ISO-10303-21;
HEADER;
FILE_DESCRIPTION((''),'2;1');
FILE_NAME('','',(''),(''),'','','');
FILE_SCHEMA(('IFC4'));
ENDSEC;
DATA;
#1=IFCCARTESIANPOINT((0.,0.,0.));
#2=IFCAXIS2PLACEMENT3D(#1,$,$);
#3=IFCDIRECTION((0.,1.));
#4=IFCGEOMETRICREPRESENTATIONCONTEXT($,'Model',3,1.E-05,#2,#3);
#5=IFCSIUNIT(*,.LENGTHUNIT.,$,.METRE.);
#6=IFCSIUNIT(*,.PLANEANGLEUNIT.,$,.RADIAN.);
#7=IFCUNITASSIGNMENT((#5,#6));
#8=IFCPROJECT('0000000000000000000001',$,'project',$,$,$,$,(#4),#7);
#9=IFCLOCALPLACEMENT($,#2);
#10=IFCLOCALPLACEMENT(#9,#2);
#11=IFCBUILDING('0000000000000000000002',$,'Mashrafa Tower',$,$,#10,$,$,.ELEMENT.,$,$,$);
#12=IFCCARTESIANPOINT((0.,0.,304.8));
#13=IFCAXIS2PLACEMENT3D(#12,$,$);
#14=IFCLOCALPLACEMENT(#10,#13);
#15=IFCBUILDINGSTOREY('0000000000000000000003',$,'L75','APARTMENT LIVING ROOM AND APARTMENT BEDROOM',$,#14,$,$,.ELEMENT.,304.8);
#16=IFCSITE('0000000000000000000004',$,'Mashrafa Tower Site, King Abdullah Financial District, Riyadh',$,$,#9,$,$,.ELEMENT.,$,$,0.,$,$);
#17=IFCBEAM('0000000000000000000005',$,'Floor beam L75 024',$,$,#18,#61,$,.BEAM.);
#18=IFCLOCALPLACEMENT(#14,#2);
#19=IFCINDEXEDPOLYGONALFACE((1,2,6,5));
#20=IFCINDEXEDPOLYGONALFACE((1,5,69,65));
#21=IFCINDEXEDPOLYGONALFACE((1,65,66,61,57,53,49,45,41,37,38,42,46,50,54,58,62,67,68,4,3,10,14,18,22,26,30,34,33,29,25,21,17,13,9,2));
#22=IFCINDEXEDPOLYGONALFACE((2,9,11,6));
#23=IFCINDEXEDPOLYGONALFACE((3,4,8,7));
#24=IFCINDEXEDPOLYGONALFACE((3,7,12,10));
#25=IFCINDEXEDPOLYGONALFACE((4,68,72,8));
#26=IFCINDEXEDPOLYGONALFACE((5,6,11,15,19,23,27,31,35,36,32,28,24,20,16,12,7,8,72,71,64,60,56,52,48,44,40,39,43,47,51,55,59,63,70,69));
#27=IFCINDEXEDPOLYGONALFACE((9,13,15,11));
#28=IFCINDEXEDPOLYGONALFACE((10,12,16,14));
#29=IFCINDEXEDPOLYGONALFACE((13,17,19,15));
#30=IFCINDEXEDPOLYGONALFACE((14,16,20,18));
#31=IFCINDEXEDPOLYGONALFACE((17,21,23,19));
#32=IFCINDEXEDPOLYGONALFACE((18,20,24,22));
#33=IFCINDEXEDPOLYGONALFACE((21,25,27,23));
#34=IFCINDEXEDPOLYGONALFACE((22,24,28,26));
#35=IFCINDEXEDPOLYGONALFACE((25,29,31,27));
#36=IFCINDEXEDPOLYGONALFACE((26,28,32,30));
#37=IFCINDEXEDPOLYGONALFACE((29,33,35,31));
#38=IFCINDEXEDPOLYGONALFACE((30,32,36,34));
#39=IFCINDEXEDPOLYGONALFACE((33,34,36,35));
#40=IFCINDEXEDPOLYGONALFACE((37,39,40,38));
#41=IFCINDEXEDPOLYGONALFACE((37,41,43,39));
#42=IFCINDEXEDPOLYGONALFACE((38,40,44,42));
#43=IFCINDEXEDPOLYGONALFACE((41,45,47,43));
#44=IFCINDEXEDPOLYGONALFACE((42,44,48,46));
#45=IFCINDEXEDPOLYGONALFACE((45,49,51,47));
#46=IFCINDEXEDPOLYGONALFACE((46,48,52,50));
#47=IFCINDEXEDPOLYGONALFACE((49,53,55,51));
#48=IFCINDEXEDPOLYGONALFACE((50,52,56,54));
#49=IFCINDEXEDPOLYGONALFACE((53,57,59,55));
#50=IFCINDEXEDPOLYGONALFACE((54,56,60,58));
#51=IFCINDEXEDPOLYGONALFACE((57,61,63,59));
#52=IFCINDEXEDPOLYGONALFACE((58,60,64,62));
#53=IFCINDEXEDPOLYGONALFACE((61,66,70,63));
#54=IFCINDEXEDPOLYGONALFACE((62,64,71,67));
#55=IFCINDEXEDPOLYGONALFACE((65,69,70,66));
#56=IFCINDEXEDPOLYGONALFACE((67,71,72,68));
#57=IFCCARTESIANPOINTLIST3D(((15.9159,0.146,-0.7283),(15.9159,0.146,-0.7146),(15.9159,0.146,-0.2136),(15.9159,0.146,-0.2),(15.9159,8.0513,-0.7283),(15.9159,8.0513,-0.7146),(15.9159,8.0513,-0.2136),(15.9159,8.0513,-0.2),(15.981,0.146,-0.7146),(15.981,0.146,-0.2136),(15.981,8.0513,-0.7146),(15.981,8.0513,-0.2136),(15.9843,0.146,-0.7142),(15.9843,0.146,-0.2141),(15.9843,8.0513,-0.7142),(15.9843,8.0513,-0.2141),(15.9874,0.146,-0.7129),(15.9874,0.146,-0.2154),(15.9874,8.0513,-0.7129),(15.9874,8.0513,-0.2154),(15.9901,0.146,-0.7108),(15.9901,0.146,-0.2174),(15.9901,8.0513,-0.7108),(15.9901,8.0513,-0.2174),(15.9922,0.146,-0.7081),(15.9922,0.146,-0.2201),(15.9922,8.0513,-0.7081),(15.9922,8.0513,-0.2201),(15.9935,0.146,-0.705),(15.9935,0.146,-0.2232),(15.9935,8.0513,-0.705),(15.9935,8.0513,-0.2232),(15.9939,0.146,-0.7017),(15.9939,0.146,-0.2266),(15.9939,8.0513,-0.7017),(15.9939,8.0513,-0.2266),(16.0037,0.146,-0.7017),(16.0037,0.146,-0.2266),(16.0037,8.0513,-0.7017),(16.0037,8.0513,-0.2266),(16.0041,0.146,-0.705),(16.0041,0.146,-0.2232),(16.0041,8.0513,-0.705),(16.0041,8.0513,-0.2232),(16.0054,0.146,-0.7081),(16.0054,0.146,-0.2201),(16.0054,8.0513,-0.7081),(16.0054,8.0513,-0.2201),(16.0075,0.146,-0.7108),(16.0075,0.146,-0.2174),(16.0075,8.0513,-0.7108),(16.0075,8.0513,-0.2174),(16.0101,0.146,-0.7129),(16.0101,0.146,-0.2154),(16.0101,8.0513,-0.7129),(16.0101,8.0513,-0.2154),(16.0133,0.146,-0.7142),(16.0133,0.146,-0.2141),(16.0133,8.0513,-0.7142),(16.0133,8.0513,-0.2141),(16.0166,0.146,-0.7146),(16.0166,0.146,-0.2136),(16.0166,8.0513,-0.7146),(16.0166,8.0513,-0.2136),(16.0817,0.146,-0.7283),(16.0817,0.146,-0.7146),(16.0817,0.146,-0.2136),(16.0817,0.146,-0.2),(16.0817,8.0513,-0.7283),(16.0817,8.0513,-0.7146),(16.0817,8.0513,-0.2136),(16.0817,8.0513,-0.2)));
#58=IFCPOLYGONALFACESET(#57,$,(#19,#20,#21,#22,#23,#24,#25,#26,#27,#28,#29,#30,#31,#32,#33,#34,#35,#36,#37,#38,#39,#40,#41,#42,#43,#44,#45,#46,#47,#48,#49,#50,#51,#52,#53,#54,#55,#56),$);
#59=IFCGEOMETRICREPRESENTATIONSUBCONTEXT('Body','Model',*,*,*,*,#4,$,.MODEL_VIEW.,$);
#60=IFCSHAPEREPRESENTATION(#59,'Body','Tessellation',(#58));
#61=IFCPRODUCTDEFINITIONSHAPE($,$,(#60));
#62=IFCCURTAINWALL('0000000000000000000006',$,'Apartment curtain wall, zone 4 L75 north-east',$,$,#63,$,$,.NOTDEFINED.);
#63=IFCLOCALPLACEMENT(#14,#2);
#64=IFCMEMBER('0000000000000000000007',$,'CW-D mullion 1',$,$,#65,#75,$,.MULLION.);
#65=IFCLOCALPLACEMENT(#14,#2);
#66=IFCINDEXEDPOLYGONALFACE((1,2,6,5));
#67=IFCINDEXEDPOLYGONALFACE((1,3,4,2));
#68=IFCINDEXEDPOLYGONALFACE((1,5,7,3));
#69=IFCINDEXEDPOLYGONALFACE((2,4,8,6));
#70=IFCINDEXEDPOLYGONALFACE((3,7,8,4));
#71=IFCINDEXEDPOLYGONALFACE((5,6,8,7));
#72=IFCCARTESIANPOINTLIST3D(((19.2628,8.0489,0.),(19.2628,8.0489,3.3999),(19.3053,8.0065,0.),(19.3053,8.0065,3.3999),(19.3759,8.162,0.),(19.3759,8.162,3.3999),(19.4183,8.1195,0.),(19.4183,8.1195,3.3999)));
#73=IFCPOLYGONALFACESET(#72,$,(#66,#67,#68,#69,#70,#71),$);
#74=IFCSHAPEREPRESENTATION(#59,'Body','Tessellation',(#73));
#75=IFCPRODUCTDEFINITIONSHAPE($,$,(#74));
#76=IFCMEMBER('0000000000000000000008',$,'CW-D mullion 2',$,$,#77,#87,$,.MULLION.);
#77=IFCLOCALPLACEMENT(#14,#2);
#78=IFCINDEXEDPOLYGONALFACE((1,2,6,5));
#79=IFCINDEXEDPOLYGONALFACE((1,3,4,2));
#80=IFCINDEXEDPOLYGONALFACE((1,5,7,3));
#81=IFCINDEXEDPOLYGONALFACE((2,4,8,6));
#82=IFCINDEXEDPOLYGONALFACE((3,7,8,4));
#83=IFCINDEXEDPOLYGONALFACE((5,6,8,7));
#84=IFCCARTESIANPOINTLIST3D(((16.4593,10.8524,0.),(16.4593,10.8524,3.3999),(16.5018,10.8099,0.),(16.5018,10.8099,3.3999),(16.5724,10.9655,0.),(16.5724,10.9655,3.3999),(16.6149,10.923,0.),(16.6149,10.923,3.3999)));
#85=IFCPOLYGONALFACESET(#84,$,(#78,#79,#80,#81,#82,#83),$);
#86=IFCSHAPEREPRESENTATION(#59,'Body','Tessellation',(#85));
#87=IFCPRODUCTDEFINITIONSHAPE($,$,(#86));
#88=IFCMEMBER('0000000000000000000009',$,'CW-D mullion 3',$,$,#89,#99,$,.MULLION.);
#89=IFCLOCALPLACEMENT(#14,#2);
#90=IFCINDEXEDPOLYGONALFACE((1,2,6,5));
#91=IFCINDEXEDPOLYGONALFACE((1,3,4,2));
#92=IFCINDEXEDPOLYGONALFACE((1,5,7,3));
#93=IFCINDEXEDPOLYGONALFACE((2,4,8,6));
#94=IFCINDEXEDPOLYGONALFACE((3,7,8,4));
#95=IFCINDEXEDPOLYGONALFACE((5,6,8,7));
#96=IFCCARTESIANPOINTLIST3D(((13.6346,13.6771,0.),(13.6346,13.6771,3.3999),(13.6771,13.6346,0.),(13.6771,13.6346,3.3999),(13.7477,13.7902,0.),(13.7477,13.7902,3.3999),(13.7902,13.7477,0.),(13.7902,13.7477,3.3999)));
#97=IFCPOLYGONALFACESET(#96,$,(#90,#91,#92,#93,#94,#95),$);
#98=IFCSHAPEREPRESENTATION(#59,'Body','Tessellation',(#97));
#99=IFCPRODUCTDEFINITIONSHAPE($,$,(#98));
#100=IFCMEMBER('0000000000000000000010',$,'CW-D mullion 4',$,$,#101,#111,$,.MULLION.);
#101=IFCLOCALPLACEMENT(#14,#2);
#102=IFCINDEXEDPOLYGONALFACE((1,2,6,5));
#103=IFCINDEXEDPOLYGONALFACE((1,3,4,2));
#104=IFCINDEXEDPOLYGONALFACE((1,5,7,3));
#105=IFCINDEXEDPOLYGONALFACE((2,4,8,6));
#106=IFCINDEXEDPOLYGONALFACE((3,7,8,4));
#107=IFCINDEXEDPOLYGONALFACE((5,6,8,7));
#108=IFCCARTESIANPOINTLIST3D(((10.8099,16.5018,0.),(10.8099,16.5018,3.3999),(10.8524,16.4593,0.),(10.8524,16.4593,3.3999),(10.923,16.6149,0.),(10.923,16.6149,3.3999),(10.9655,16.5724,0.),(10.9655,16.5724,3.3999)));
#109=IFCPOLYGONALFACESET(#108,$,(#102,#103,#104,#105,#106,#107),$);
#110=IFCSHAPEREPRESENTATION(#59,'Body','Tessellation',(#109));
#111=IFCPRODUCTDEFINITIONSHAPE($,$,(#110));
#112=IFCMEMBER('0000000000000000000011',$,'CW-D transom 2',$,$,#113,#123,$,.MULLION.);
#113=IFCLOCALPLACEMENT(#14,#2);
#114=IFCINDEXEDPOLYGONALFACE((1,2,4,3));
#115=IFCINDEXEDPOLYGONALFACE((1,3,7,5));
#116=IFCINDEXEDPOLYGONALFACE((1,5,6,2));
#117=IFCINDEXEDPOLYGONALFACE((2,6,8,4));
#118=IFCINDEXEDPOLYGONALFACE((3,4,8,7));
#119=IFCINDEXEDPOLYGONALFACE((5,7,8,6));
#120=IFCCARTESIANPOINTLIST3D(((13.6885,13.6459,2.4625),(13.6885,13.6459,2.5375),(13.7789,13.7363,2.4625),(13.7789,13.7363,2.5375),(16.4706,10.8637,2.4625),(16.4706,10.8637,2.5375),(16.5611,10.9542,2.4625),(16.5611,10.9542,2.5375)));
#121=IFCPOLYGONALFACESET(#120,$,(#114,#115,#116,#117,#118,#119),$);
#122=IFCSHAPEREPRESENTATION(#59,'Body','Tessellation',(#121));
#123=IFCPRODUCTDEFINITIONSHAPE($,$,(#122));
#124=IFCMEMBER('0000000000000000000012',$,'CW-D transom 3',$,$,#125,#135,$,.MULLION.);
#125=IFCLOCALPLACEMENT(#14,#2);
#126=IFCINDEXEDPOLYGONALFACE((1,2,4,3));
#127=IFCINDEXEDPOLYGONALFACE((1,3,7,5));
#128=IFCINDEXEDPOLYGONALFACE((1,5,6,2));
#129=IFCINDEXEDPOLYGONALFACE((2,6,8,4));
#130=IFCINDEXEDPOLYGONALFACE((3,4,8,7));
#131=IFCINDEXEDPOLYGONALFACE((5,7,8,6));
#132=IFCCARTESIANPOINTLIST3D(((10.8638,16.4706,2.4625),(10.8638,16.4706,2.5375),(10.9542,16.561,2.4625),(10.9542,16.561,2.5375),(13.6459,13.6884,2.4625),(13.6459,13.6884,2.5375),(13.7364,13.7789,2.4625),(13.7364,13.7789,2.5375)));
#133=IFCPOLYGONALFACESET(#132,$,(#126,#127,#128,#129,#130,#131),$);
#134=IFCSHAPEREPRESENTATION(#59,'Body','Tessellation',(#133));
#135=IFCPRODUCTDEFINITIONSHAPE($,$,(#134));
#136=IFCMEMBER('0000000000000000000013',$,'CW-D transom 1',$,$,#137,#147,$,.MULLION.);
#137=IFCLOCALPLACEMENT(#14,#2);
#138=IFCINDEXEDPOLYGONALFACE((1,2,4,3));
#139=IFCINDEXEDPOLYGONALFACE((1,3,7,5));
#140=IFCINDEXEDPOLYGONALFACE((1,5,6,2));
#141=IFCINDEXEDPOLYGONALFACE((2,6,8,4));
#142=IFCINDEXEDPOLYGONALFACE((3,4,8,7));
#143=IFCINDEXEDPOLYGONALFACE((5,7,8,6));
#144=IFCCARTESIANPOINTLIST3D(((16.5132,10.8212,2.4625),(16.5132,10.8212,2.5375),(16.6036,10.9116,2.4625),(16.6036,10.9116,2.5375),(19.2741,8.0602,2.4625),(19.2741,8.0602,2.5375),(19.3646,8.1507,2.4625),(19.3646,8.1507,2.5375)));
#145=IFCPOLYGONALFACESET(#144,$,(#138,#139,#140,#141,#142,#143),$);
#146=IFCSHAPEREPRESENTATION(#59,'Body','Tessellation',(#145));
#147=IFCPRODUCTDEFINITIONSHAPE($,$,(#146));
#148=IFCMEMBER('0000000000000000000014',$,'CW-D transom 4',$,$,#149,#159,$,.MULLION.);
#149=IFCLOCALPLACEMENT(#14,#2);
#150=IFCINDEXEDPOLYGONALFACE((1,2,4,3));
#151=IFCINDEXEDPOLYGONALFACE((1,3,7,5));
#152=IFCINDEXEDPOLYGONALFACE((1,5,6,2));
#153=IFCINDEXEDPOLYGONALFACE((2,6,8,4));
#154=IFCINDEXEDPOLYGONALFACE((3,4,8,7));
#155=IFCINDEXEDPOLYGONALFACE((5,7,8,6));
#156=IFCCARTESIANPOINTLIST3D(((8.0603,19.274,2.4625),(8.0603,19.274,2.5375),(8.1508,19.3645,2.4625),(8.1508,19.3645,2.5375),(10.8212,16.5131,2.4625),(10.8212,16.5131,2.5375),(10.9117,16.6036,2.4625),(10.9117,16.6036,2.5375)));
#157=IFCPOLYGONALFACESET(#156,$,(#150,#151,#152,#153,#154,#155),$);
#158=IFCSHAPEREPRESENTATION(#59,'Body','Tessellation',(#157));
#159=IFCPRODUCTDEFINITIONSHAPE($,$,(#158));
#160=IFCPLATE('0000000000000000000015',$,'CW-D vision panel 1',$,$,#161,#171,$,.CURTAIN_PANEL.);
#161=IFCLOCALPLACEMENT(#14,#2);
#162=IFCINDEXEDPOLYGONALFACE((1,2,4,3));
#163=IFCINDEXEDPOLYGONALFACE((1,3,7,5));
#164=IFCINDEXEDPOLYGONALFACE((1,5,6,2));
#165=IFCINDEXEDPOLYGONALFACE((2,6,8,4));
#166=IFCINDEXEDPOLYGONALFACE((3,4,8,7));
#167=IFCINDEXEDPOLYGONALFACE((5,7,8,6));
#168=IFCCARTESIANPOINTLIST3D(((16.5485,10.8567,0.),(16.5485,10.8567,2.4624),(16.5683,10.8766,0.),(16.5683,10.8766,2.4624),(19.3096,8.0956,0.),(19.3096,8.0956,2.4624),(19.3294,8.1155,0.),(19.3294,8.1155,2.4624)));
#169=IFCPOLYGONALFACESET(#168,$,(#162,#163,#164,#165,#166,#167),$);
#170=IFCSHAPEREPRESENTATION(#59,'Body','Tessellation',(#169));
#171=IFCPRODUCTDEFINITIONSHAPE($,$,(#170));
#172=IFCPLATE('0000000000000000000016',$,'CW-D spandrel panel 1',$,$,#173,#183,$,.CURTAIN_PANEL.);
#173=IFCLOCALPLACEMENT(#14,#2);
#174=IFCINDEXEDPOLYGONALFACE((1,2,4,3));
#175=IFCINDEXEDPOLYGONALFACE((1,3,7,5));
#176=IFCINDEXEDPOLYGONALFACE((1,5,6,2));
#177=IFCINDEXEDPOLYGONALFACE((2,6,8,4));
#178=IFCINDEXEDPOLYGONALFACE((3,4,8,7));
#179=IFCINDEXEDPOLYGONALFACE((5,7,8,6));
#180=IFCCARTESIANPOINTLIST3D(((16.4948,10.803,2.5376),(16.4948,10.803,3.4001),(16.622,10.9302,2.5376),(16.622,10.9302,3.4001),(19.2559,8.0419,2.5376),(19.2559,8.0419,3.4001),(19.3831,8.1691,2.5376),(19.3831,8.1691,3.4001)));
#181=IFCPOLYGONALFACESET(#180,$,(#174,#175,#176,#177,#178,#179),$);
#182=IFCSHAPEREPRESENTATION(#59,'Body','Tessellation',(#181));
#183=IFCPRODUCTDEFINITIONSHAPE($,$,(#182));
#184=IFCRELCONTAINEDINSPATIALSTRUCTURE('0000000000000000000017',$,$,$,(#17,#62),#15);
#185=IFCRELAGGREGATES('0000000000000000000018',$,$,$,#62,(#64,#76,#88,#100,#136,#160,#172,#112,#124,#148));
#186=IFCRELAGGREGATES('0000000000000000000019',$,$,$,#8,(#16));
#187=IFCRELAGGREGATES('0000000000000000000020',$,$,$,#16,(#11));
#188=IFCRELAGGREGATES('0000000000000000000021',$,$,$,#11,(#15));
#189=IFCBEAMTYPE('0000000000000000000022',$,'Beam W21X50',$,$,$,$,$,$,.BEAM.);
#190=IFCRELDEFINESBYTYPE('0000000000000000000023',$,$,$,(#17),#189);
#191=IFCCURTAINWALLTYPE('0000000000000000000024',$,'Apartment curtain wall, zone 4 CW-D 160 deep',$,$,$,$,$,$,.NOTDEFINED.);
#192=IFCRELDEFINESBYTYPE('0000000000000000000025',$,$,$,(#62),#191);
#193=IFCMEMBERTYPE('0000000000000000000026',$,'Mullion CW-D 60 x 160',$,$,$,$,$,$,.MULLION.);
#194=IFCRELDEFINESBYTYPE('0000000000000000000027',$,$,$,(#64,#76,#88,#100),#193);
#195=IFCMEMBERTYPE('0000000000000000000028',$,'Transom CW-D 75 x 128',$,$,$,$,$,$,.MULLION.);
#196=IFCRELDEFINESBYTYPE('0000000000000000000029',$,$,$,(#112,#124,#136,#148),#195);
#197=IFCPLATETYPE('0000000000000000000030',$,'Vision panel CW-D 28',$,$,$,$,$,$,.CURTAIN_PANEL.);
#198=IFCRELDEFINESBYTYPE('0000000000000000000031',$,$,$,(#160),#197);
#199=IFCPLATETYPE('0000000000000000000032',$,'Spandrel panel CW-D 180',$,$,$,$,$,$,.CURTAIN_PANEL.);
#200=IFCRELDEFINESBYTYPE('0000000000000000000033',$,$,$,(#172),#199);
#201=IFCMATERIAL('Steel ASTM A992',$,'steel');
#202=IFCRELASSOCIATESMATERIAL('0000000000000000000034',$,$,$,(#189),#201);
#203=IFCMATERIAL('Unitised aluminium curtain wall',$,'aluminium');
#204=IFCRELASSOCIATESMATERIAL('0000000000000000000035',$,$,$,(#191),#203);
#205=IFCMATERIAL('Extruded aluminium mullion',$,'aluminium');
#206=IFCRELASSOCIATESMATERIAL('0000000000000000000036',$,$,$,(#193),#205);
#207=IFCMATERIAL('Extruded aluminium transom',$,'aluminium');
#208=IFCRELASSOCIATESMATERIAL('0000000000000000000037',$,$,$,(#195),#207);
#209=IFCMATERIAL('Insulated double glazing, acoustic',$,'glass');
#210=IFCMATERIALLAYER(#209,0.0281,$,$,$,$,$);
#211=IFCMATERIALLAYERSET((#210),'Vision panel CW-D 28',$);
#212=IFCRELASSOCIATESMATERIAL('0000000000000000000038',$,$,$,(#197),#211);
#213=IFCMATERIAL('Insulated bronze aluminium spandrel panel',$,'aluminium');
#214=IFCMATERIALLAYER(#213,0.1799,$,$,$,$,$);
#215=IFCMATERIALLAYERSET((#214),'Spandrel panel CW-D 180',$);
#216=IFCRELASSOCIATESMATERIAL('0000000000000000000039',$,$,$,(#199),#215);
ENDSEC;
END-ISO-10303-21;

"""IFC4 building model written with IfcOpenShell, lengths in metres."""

from ifc_helpers import new_model, si_unit, direction, frame, origin, origin_2d, place, context, subcontext, project, spatial, rectangle, i_section, extrude, source, transform, mapped, material, layer, layer_set, material_profile, profile_set, type_object, type_shapes, element, aggregate, save


model = new_model("IFC4")

# Units and contexts
model_context = context("Model", 3, precision=1e-05, world=origin(), true_north=direction((0.0, 1.0)))
body_context = subcontext(model_context, "Body", "Model", "MODEL_VIEW")
ifc_project = project(units=[si_unit("LENGTHUNIT", "METRE"), si_unit("PLANEANGLEUNIT", "RADIAN")], contexts=[model_context])

# Site, building, storey
site_placement = place(None, origin())
site = spatial("IfcSite", under=ifc_project, at=site_placement, Name="Mashrafa Tower Site, King Abdullah Financial District, Riyadh", CompositionType="ELEMENT", RefElevation=0.0)
building_placement = place(site_placement, origin())
building = spatial("IfcBuilding", under=site, at=building_placement, Name="Mashrafa Tower", CompositionType="ELEMENT")
storey_placement = place(building_placement, frame((0.0, 0.0, 304.8)))
storey = spatial("IfcBuildingStorey", under=building, at=storey_placement, Name="L75", Description="APARTMENT LIVING ROOM AND APARTMENT BEDROOM", CompositionType="ELEMENT", Elevation=304.8)

# Beam
ifc_material_1 = material(Name="Steel ASTM A992", Category="steel")
ifc_material_profile_1 = material_profile(ifc_material_1, i_section(OverallWidth=0.1658, OverallDepth=0.5283, WebThickness=0.0098, FlangeThickness=0.0137, FilletRadius=0.0129, at=origin_2d()), Name="W21X50")
ifc_profile_set_1 = profile_set([ifc_material_profile_1], Name="Steel ASTM A992")
beam_type_1 = type_object("IfcBeamType", Name="Beam W21X50", PredefinedType="BEAM", material=ifc_profile_set_1)
beam_1_placement = place(storey_placement, frame((15.9988, 8.0513, -0.4641), z_axis=(0.0, -1.0, 0.0), x_axis=(1.0, 0.0, 0.0)))
element("IfcBeam", 1, at=beam_1_placement, inside=storey, type_object=beam_type_1, Name="Floor beam L75 024", PredefinedType="BEAM", context=body_context, shape_type="SweptSolid", body=[
    extrude(i_section(OverallWidth=0.1658, OverallDepth=0.5283, WebThickness=0.0098, FlangeThickness=0.0137, FilletRadius=0.0129, at=origin_2d()), origin(), (0.0, 0.0, 1.0), 7.9053),
])

# Curtain wall, members, plates
ifc_material_2 = material(Name="Unitised aluminium curtain wall", Category="aluminium")
curtain_wall_type = type_object("IfcCurtainWallType", Name="Apartment curtain wall, zone 4 CW-D 160 deep", PredefinedType="NOTDEFINED", material=ifc_material_2)
curtain_wall_placement = place(storey_placement, origin())
curtain_wall = element("IfcCurtainWall", 2, at=curtain_wall_placement, inside=storey, type_object=curtain_wall_type, Name="Apartment curtain wall, zone 4 L75 north-east", PredefinedType="NOTDEFINED")
ifc_material_3 = material(Name="Extruded aluminium mullion", Category="aluminium")
ifc_material_profile_2 = material_profile(ifc_material_3, rectangle(XDim=0.1599, YDim=0.0601, at=origin_2d()), Name="Mullion 60x160")
ifc_profile_set_2 = profile_set([ifc_material_profile_2], Name="Extruded aluminium mullion")
member_type_1 = type_object("IfcMemberType", Name="Mullion CW-D 60 x 160", PredefinedType="MULLION", material=ifc_profile_set_2)
shared_shape_1 = source(origin(), body_context, "Body", "SweptSolid", [
    extrude(rectangle(XDim=0.1599, YDim=0.0601, at=origin_2d()), origin(), (0.0, 0.0, 1.0), 3.3999),
])
type_shapes(member_type_1, [shared_shape_1])
member_1_placement = place(storey_placement, frame((19.3406, 8.0842, 0.0), z_axis=(0.0, 0.0, 1.0), x_axis=(-0.707107, -0.707107, 0.0)))
member_1 = element("IfcMember", 3, at=member_1_placement, type_object=member_type_1, Name="CW-D mullion 1", PredefinedType="MULLION", context=body_context, shape_type="MappedRepresentation", body=[
    mapped(shared_shape_1, transform((0.0, 0.0, 0.0))),
])
member_2_placement = place(storey_placement, frame((16.5371, 10.8877, 0.0), z_axis=(0.0, 0.0, 1.0), x_axis=(-0.707107, -0.707107, 0.0)))
member_2 = element("IfcMember", 4, at=member_2_placement, type_object=member_type_1, Name="CW-D mullion 2", PredefinedType="MULLION", context=body_context, shape_type="MappedRepresentation", body=[
    mapped(shared_shape_1, transform((0.0, 0.0, 0.0))),
])
member_3_placement = place(storey_placement, frame((13.7124, 13.7124, 0.0), z_axis=(0.0, 0.0, 1.0), x_axis=(-0.707107, -0.707107, 0.0)))
member_3 = element("IfcMember", 5, at=member_3_placement, type_object=member_type_1, Name="CW-D mullion 3", PredefinedType="MULLION", context=body_context, shape_type="MappedRepresentation", body=[
    mapped(shared_shape_1, transform((0.0, 0.0, 0.0))),
])
member_4_placement = place(storey_placement, frame((10.8877, 16.5371, 0.0), z_axis=(0.0, 0.0, 1.0), x_axis=(-0.707107, -0.707107, 0.0)))
member_4 = element("IfcMember", 6, at=member_4_placement, type_object=member_type_1, Name="CW-D mullion 4", PredefinedType="MULLION", context=body_context, shape_type="MappedRepresentation", body=[
    mapped(shared_shape_1, transform((0.0, 0.0, 0.0))),
])
ifc_material_4 = material(Name="Extruded aluminium transom", Category="aluminium")
ifc_material_profile_3 = material_profile(ifc_material_4, rectangle(XDim=0.1279, YDim=0.075, at=origin_2d()), Name="Transom 75x128")
ifc_profile_set_3 = profile_set([ifc_material_profile_3], Name="Extruded aluminium transom")
member_type_2 = type_object("IfcMemberType", Name="Transom CW-D 75 x 128", PredefinedType="MULLION", material=ifc_profile_set_3)
shared_shape_2 = source(origin(), body_context, "Body", "SweptSolid", [
    extrude(rectangle(XDim=0.1279, YDim=0.075, at=origin_2d()), origin(), (0.0, 0.0, 1.0), 3.9346),
])
member_5_placement = place(storey_placement, frame((16.5159, 10.9089, 2.5), z_axis=(-0.707107, 0.707107, 0.0), x_axis=(-0.707107, -0.707107, 0.0)))
member_5 = element("IfcMember", 7, at=member_5_placement, type_object=member_type_2, Name="CW-D transom 2", PredefinedType="MULLION", context=body_context, shape_type="MappedRepresentation", body=[
    mapped(shared_shape_2, transform((0.0, 0.0, 0.0))),
])
member_6_placement = place(storey_placement, frame((13.6912, 13.7336, 2.5), z_axis=(-0.707107, 0.707107, 0.0), x_axis=(-0.707107, -0.707107, 0.0)))
member_6 = element("IfcMember", 8, at=member_6_placement, type_object=member_type_2, Name="CW-D transom 3", PredefinedType="MULLION", context=body_context, shape_type="MappedRepresentation", body=[
    mapped(shared_shape_2, transform((0.0, 0.0, 0.0))),
])
shared_shape_3 = source(origin(), body_context, "Body", "SweptSolid", [
    extrude(rectangle(XDim=0.1279, YDim=0.075, at=origin_2d()), origin(), (0.0, 0.0, 1.0), 3.9045),
])
type_shapes(member_type_2, [shared_shape_2, shared_shape_3])
member_7_placement = place(storey_placement, frame((19.3193, 8.1055, 2.5), z_axis=(-0.707107, 0.707107, 0.0), x_axis=(-0.707107, -0.707107, 0.0)))
member_7 = element("IfcMember", 9, at=member_7_placement, type_object=member_type_2, Name="CW-D transom 1", PredefinedType="MULLION", context=body_context, shape_type="MappedRepresentation", body=[
    mapped(shared_shape_3, transform((0.0, 0.0, 0.0))),
])
member_8_placement = place(storey_placement, frame((10.8665, 16.5583, 2.5), z_axis=(-0.707107, 0.707107, 0.0), x_axis=(-0.707107, -0.707107, 0.0)))
member_8 = element("IfcMember", 10, at=member_8_placement, type_object=member_type_2, Name="CW-D transom 4", PredefinedType="MULLION", context=body_context, shape_type="MappedRepresentation", body=[
    mapped(shared_shape_3, transform((0.0, 0.0, 0.0))),
])
ifc_material_5 = material(Name="Insulated double glazing, acoustic", Category="glass")
ifc_layer_1 = layer(ifc_material_5, 0.0281)
ifc_layer_set_1 = layer_set([ifc_layer_1], Name="Vision panel CW-D 28")
plate_type_1 = type_object("IfcPlateType", Name="Vision panel CW-D 28", PredefinedType="CURTAIN_PANEL", material=ifc_layer_set_1)
shared_shape_4 = source(origin(), body_context, "Body", "SweptSolid", [
    extrude(rectangle(XDim=3.9048, YDim=0.0281, at=origin_2d()), origin(), (0.0, 0.0, 1.0), 2.4624),
])
plate_1_placement = place(storey_placement, frame((17.939, 9.4861, 0.0), z_axis=(0.0, 0.0, 1.0), x_axis=(-0.707107, 0.707107, 0.0)))
plate_1 = element("IfcPlate", 11, at=plate_1_placement, type_object=plate_type_1, Name="CW-D vision panel 1", PredefinedType="CURTAIN_PANEL", context=body_context, shape_type="MappedRepresentation", body=[
    mapped(shared_shape_4, transform((0.0, 0.0, 0.0))),
])
ifc_material_6 = material(Name="Insulated bronze aluminium spandrel panel", Category="aluminium")
ifc_layer_2 = layer(ifc_material_6, 0.1799)
ifc_layer_set_2 = layer_set([ifc_layer_2], Name="Spandrel panel CW-D 180")
plate_type_2 = type_object("IfcPlateType", Name="Spandrel panel CW-D 180", PredefinedType="CURTAIN_PANEL", material=ifc_layer_set_2)
shared_shape_5 = source(origin(), body_context, "Body", "SweptSolid", [
    extrude(rectangle(XDim=3.9048, YDim=0.1799, at=origin_2d()), origin(), (0.0, 0.0, 1.0), 0.8625),
])
plate_2_placement = place(storey_placement, frame((17.939, 9.4861, 2.5376), z_axis=(0.0, 0.0, 1.0), x_axis=(-0.707107, 0.707107, 0.0)))
plate_2 = element("IfcPlate", 12, at=plate_2_placement, type_object=plate_type_2, Name="CW-D spandrel panel 1", PredefinedType="CURTAIN_PANEL", context=body_context, shape_type="MappedRepresentation", body=[
    mapped(shared_shape_5, transform((0.0, 0.0, 0.0))),
])
aggregate(curtain_wall, [member_1, member_2, member_3, member_4, member_7, plate_1, plate_2, member_5, member_6, member_8])

save(model, "model.ifc")
